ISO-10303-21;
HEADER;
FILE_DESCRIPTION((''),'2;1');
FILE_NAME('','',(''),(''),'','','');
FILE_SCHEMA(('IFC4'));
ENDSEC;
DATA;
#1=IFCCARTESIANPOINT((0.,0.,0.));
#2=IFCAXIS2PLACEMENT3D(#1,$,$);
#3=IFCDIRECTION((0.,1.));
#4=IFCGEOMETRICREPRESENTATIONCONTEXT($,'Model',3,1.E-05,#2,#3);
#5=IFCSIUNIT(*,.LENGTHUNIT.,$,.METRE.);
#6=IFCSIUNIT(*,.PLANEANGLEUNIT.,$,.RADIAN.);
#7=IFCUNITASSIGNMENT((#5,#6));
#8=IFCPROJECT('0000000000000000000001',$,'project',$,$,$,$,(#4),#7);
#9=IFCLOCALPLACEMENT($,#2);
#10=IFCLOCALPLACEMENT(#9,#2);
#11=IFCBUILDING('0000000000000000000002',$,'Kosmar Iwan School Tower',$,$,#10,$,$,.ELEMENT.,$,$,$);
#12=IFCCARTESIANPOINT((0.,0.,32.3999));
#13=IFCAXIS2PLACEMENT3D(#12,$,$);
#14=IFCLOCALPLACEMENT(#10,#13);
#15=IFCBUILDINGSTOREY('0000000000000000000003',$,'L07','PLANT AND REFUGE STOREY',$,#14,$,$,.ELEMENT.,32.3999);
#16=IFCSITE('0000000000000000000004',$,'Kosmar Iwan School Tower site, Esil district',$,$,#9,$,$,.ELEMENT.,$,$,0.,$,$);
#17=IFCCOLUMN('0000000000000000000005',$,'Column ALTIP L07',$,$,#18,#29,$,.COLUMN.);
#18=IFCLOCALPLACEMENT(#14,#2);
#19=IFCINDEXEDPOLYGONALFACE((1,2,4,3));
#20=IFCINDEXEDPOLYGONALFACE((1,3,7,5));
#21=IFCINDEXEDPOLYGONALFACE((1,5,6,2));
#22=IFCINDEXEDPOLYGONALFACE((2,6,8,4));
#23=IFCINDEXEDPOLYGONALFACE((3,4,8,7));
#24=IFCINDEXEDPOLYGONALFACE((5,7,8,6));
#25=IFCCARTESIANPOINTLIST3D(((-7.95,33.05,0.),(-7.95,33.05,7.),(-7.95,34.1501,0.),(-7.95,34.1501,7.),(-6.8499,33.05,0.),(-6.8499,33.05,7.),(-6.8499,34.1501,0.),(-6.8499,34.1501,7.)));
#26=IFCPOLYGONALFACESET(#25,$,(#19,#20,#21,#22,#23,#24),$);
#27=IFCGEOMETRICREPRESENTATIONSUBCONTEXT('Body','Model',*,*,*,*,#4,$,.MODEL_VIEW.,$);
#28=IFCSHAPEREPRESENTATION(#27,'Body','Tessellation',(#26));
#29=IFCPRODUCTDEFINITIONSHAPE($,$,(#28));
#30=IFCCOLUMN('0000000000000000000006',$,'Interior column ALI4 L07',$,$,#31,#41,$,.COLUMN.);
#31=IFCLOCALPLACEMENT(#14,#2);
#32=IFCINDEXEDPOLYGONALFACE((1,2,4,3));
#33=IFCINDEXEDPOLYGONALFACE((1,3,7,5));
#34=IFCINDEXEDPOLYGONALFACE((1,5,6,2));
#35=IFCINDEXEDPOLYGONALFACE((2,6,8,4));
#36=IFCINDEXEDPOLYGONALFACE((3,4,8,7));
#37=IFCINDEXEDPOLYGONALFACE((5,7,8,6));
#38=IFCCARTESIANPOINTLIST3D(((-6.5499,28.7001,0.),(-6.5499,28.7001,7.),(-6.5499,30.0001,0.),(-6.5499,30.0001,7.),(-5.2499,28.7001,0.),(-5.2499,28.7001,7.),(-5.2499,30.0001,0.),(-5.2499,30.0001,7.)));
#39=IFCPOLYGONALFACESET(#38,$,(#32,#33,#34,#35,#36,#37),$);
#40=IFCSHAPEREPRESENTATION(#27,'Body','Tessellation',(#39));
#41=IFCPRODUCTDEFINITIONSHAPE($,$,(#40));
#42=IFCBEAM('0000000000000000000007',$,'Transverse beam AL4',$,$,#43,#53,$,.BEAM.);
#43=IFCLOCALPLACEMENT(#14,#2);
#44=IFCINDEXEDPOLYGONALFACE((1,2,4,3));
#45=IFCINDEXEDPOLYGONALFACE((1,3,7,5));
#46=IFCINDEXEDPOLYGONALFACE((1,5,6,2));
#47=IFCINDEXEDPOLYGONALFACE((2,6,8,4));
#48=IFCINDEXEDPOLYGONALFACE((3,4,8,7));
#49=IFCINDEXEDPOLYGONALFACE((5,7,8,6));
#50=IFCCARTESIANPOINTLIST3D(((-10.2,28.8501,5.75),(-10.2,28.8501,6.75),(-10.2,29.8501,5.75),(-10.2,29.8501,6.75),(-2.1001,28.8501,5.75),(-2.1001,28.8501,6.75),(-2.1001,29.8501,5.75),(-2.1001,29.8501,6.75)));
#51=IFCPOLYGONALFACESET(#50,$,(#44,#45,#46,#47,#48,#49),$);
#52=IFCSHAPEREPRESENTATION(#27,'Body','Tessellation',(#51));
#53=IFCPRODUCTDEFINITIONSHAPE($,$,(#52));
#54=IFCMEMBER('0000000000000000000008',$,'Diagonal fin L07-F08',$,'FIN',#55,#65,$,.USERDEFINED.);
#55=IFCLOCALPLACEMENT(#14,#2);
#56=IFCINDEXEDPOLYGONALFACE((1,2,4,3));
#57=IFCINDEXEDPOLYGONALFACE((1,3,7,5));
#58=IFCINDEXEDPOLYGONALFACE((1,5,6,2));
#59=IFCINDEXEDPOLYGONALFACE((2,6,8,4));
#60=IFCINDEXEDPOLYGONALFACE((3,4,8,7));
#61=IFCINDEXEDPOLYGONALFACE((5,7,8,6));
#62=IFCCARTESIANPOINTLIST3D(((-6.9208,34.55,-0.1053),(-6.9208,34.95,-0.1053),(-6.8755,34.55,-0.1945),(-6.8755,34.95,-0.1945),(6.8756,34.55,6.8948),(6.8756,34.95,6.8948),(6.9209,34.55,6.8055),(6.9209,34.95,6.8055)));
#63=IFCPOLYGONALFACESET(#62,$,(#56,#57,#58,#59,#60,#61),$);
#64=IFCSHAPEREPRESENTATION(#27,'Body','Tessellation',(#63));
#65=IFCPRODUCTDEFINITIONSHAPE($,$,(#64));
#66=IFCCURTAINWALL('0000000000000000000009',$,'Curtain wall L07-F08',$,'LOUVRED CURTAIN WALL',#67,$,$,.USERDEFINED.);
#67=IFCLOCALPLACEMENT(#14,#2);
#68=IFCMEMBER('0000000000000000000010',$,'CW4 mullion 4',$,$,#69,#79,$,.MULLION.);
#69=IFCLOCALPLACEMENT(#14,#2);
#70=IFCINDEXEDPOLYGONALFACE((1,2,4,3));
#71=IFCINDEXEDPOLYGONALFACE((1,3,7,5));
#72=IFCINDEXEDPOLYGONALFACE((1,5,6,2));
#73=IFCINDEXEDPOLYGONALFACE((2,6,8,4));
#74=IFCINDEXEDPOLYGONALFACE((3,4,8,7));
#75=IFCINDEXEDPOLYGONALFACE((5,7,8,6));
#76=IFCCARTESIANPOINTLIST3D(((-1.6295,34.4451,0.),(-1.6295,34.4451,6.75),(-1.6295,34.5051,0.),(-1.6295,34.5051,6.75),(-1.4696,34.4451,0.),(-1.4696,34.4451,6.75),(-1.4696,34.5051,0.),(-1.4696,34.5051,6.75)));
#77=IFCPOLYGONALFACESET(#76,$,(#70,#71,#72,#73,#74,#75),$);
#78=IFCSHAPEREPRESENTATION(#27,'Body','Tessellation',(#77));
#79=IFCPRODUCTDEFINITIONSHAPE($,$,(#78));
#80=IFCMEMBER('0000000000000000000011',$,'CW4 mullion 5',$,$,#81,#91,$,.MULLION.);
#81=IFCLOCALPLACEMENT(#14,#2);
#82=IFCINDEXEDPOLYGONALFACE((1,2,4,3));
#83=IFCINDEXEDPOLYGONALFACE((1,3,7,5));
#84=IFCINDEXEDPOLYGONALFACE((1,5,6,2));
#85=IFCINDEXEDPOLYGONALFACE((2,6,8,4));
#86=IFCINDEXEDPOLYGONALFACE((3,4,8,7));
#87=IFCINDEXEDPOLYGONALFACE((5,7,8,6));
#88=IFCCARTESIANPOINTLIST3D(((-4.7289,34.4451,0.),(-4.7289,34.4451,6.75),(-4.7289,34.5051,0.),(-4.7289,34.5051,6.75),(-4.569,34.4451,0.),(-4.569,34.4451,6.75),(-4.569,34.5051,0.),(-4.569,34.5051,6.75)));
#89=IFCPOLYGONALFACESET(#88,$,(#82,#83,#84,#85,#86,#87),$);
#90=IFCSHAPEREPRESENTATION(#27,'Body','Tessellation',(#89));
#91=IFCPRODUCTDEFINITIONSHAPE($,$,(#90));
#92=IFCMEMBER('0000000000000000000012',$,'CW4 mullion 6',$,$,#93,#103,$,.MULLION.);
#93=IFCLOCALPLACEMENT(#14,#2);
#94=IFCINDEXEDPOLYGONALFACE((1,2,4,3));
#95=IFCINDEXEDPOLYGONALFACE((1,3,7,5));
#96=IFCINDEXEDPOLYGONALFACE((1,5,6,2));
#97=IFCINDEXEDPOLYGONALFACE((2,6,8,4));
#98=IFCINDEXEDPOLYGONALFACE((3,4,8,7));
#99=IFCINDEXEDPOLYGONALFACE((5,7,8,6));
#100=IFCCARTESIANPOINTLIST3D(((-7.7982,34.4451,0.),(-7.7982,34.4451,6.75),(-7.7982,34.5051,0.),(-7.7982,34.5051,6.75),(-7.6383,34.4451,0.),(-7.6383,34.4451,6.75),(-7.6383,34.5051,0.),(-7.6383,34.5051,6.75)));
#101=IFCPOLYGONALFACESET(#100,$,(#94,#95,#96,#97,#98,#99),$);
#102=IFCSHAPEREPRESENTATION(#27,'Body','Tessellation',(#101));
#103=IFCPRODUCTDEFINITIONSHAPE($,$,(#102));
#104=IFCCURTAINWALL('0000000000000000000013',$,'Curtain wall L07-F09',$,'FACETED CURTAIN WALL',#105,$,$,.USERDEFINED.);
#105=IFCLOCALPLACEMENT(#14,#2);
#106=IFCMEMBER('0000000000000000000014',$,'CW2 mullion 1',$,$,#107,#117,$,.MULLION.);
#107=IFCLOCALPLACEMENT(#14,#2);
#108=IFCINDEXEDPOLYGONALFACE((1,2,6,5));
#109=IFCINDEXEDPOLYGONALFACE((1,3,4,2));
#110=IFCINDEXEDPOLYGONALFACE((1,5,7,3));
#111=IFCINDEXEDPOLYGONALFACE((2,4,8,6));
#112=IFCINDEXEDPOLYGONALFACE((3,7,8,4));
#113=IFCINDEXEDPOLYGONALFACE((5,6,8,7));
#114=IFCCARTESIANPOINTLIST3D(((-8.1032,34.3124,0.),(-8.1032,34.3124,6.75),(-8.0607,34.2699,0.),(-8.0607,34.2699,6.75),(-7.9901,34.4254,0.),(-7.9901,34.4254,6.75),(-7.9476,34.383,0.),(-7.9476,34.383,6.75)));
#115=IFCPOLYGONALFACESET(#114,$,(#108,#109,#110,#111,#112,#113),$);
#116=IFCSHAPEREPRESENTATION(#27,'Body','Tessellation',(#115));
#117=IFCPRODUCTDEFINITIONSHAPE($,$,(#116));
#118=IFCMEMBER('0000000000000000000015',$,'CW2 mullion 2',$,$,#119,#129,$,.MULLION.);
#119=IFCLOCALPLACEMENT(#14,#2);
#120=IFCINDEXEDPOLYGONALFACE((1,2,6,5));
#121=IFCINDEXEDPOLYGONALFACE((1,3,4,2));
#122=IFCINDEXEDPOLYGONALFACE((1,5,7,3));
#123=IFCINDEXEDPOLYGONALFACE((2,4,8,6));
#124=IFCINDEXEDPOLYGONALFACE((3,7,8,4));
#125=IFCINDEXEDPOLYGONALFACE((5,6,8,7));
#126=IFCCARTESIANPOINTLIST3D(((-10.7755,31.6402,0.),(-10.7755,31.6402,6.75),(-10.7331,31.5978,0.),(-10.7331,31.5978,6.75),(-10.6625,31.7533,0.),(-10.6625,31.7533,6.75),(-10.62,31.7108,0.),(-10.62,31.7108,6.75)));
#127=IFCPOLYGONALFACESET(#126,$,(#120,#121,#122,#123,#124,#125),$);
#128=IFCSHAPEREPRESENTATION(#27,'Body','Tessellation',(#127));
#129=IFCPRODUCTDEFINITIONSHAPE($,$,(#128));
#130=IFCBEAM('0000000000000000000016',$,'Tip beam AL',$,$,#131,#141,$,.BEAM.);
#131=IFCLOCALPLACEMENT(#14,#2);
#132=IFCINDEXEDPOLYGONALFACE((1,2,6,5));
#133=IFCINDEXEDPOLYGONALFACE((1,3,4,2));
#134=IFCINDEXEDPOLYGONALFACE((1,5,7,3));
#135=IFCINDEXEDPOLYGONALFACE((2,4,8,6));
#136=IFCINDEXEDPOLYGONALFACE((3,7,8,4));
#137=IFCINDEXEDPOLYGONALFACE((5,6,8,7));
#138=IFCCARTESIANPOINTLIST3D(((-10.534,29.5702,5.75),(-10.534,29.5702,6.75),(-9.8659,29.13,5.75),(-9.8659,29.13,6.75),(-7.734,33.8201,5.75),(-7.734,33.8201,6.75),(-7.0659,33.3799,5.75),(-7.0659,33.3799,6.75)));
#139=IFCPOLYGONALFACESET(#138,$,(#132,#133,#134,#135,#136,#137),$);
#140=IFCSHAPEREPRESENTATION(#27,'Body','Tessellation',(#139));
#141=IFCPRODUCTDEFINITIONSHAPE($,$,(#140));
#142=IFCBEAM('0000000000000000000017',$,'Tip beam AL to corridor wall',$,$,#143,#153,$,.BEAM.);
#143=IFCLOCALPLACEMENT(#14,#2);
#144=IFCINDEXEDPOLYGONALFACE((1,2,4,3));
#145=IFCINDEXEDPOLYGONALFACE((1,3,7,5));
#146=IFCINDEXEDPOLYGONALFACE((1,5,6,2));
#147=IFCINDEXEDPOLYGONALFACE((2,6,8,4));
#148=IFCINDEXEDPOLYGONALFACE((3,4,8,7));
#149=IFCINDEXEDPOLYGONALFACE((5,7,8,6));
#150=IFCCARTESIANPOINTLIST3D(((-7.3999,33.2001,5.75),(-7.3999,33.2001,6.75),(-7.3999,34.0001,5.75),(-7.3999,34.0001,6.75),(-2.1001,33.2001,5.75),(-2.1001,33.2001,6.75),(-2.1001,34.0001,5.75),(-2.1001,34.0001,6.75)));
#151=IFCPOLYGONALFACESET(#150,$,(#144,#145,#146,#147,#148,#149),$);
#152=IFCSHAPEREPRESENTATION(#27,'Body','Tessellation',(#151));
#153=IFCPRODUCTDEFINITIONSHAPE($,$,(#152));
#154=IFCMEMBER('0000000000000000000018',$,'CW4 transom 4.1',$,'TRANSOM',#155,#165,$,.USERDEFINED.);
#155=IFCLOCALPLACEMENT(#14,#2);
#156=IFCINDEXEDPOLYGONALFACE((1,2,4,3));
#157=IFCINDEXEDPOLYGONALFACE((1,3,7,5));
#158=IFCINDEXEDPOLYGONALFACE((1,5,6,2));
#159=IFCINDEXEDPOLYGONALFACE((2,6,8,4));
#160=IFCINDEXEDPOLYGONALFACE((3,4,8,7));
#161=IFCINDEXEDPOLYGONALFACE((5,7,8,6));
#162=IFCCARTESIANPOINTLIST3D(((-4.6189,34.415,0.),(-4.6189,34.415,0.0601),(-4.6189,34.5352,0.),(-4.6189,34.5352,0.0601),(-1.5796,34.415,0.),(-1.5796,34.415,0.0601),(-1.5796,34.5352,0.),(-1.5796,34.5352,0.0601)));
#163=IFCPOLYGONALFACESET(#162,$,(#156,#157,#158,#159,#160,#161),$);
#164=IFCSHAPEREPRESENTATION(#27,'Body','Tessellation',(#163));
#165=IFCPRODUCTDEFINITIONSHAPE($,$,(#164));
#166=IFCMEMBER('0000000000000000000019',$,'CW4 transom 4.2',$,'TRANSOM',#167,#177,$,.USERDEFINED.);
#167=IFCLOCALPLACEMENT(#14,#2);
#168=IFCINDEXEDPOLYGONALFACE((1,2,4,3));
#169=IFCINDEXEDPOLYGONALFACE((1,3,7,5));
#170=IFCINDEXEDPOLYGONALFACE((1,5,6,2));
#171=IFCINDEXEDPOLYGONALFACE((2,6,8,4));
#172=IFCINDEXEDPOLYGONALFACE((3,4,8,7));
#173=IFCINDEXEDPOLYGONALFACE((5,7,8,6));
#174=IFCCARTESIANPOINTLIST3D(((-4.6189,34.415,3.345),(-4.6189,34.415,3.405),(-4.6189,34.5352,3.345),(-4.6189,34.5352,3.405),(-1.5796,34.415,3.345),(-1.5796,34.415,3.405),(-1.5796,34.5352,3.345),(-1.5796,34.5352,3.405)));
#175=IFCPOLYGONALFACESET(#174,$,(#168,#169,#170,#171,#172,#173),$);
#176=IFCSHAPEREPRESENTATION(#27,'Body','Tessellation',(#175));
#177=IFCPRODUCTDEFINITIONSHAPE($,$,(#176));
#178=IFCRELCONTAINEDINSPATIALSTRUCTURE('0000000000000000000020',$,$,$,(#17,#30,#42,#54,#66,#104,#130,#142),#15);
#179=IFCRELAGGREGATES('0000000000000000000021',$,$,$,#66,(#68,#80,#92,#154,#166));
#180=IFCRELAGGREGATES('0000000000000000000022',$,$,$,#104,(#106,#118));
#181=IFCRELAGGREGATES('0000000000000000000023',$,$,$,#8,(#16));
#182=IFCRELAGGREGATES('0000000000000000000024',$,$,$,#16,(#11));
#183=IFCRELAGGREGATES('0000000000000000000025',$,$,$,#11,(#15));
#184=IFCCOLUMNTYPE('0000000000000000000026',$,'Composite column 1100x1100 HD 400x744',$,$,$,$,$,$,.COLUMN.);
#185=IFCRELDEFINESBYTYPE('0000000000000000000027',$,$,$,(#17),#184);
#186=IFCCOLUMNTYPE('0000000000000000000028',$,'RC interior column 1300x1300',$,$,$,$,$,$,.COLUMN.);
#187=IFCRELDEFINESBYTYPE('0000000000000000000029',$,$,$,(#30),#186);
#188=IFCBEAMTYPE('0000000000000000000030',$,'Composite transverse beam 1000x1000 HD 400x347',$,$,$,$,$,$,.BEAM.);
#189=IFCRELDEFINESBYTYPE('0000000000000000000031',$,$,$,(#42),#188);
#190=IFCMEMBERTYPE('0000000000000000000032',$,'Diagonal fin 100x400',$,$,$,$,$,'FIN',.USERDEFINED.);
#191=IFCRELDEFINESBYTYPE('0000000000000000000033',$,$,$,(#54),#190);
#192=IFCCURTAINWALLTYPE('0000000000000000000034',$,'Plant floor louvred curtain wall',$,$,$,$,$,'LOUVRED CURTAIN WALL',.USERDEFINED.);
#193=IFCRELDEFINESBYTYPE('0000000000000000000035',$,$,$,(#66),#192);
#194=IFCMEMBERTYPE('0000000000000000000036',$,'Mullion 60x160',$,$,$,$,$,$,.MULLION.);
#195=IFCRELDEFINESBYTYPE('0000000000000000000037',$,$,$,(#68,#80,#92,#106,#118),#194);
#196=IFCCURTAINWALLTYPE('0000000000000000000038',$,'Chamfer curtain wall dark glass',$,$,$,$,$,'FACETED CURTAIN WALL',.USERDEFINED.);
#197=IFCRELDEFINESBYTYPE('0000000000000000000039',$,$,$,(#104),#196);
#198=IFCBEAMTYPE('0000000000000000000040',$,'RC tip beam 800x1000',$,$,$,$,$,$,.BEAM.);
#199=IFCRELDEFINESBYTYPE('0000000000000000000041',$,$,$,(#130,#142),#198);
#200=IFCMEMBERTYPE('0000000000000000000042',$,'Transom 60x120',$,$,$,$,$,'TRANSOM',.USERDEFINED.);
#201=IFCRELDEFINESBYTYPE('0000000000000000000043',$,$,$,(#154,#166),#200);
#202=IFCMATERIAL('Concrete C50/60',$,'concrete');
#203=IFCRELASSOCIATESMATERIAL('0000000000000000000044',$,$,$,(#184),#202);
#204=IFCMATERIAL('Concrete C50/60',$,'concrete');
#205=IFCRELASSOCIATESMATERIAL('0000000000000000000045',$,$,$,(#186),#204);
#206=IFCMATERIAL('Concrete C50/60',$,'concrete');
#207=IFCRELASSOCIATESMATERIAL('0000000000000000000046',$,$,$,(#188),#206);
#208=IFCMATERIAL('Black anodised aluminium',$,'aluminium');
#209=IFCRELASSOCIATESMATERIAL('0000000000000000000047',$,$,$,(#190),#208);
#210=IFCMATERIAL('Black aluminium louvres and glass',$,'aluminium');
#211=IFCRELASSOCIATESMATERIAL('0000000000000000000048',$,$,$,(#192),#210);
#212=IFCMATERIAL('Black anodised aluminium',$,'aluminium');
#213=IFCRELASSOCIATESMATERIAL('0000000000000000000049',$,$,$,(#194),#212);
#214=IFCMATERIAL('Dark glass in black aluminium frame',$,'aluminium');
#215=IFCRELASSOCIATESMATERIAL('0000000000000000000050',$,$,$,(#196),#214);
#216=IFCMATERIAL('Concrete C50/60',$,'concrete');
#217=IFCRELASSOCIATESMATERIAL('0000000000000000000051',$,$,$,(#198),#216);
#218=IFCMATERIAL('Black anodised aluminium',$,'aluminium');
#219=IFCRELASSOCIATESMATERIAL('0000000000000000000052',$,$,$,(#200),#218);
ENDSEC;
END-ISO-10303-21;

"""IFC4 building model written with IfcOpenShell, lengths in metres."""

from ifc_helpers import new_model, si_unit, direction, frame, origin, origin_2d, place, context, subcontext, project, spatial, rectangle, extrude, material, material_profile, profile_set, type_object, element, aggregate, save


model = new_model("IFC4")

# Units and contexts
model_context = context("Model", 3, precision=1e-05, world=origin(), true_north=direction((0.0, 1.0)))
body_context = subcontext(model_context, "Body", "Model", "MODEL_VIEW")
ifc_project = project(units=[si_unit("LENGTHUNIT", "METRE"), si_unit("PLANEANGLEUNIT", "RADIAN")], contexts=[model_context])

# Site, building, storey
site_placement = place(None, origin())
site = spatial("IfcSite", under=ifc_project, at=site_placement, Name="Kosmar Iwan School Tower site, Esil district", CompositionType="ELEMENT", RefElevation=0.0)
building_placement = place(site_placement, origin())
building = spatial("IfcBuilding", under=site, at=building_placement, Name="Kosmar Iwan School Tower", CompositionType="ELEMENT")
storey_placement = place(building_placement, frame((0.0, 0.0, 32.3999)))
storey = spatial("IfcBuildingStorey", under=building, at=storey_placement, Name="L07", Description="PLANT AND REFUGE STOREY", CompositionType="ELEMENT", Elevation=32.3999)

# Columns
ifc_material_1 = material(Name="Concrete C50/60", Category="concrete")
ifc_material_profile_1 = material_profile(ifc_material_1, rectangle(XDim=1.1001, YDim=1.1001, at=origin_2d()), Name="RC 1100x1100 + HD 400x744")
ifc_profile_set_1 = profile_set([ifc_material_profile_1], Name="Concrete C50/60")
column_type_1 = type_object("IfcColumnType", Name="Composite column 1100x1100 HD 400x744", PredefinedType="COLUMN", material=ifc_profile_set_1)
column_1_placement = place(storey_placement, frame((-7.3999, 33.6001, 0.0), z_axis=(0.0, 0.0, 1.0), x_axis=(0.0, 1.0, 0.0)))
element("IfcColumn", 1, at=column_1_placement, inside=storey, type_object=column_type_1, Name="Column ALTIP L07", PredefinedType="COLUMN", context=body_context, shape_type="SweptSolid", body=[
    extrude(rectangle(XDim=1.1001, YDim=1.1001, at=origin_2d()), origin(), (0.0, 0.0, 1.0), 7.0),
])
ifc_material_2 = material(Name="Concrete C50/60", Category="concrete")
ifc_material_profile_2 = material_profile(ifc_material_2, rectangle(XDim=1.3, YDim=1.3, at=origin_2d()), Name="RC 1300x1300")
ifc_profile_set_2 = profile_set([ifc_material_profile_2], Name="Concrete C50/60")
column_type_2 = type_object("IfcColumnType", Name="RC interior column 1300x1300", PredefinedType="COLUMN", material=ifc_profile_set_2)
column_2_placement = place(storey_placement, frame((-5.8999, 29.3501, 0.0), z_axis=(0.0, 0.0, 1.0), x_axis=(0.0, 1.0, 0.0)))
element("IfcColumn", 2, at=column_2_placement, inside=storey, type_object=column_type_2, Name="Interior column ALI4 L07", PredefinedType="COLUMN", context=body_context, shape_type="SweptSolid", body=[
    extrude(rectangle(XDim=1.3, YDim=1.3, at=origin_2d()), origin(), (0.0, 0.0, 1.0), 7.0),
])

# Beam
ifc_material_3 = material(Name="Concrete C50/60", Category="concrete")
ifc_material_profile_3 = material_profile(ifc_material_3, rectangle(XDim=1.0, YDim=1.0, at=origin_2d()), Name="RC 1000x1000 + HD 400x347")
ifc_profile_set_3 = profile_set([ifc_material_profile_3], Name="Concrete C50/60")
beam_type_1 = type_object("IfcBeamType", Name="Composite transverse beam 1000x1000 HD 400x347", PredefinedType="BEAM", material=ifc_profile_set_3)
beam_1_placement = place(storey_placement, frame((-10.2, 29.3501, 6.25), z_axis=(1.0, 0.0, 0.0), x_axis=(0.0, 1.0, 0.0)))
element("IfcBeam", 3, at=beam_1_placement, inside=storey, type_object=beam_type_1, Name="Transverse beam AL4", PredefinedType="BEAM", context=body_context, shape_type="SweptSolid", body=[
    extrude(rectangle(XDim=1.0, YDim=1.0, at=origin_2d()), origin(), (0.0, 0.0, 1.0), 8.0999),
])

# Member
ifc_material_4 = material(Name="Black anodised aluminium", Category="aluminium")
ifc_material_profile_4 = material_profile(ifc_material_4, rectangle(XDim=0.1001, YDim=0.3999, at=origin_2d()), Name="FIN 100x400")
ifc_profile_set_4 = profile_set([ifc_material_profile_4], Name="Black anodised aluminium")
member_type_1 = type_object("IfcMemberType", Name="Diagonal fin 100x400", ElementType="FIN", PredefinedType="USERDEFINED", material=ifc_profile_set_4)
member_1_placement = place(storey_placement, frame((-6.8982, 34.75, -0.1499), z_axis=(0.891779, 0.0, 0.45247), x_axis=(-0.45247, 0.0, 0.891779)))
element("IfcMember", 4, at=member_1_placement, inside=storey, type_object=member_type_1, Name="Diagonal fin L07-F08", ObjectType="FIN", PredefinedType="USERDEFINED", context=body_context, shape_type="SweptSolid", body=[
    extrude(rectangle(XDim=0.1001, YDim=0.3999, at=origin_2d()), origin(), (0.0, 0.0, 1.0), 15.4707),
])

# Curtain walls, members
ifc_material_5 = material(Name="Black aluminium louvres and glass", Category="aluminium")
curtain_wall_type_1 = type_object("IfcCurtainWallType", Name="Plant floor louvred curtain wall", ElementType="LOUVRED CURTAIN WALL", PredefinedType="USERDEFINED", material=ifc_material_5)
curtain_wall_1_placement = place(storey_placement, origin())
curtain_wall_1 = element("IfcCurtainWall", 5, at=curtain_wall_1_placement, inside=storey, type_object=curtain_wall_type_1, Name="Curtain wall L07-F08", ObjectType="LOUVRED CURTAIN WALL", PredefinedType="USERDEFINED")
ifc_material_6 = material(Name="Black anodised aluminium", Category="aluminium")
ifc_material_profile_5 = material_profile(ifc_material_6, rectangle(XDim=0.0601, YDim=0.1599, at=origin_2d()), Name="MULLION 60x160")
ifc_profile_set_5 = profile_set([ifc_material_profile_5], Name="Black anodised aluminium")
member_type_2 = type_object("IfcMemberType", Name="Mullion 60x160", PredefinedType="MULLION", material=ifc_profile_set_5)
member_2_placement = place(storey_placement, frame((-1.5496, 34.4751, 0.0), z_axis=(0.0, 0.0, 1.0), x_axis=(0.0, -1.0, 0.0)))
member_2 = element("IfcMember", 6, at=member_2_placement, type_object=member_type_2, Name="CW4 mullion 4", PredefinedType="MULLION", context=body_context, shape_type="SweptSolid", body=[
    extrude(rectangle(XDim=0.0601, YDim=0.1599, at=origin_2d()), origin(), (0.0, 0.0, 1.0), 6.75),
])
member_3_placement = place(storey_placement, frame((-4.6489, 34.4751, 0.0), z_axis=(0.0, 0.0, 1.0), x_axis=(0.0, -1.0, 0.0)))
member_3 = element("IfcMember", 7, at=member_3_placement, type_object=member_type_2, Name="CW4 mullion 5", PredefinedType="MULLION", context=body_context, shape_type="SweptSolid", body=[
    extrude(rectangle(XDim=0.0601, YDim=0.1599, at=origin_2d()), origin(), (0.0, 0.0, 1.0), 6.75),
])
member_4_placement = place(storey_placement, frame((-7.7183, 34.4751, 0.0), z_axis=(0.0, 0.0, 1.0), x_axis=(0.0, -1.0, 0.0)))
member_4 = element("IfcMember", 8, at=member_4_placement, type_object=member_type_2, Name="CW4 mullion 6", PredefinedType="MULLION", context=body_context, shape_type="SweptSolid", body=[
    extrude(rectangle(XDim=0.0601, YDim=0.1599, at=origin_2d()), origin(), (0.0, 0.0, 1.0), 6.75),
])
ifc_material_7 = material(Name="Dark glass in black aluminium frame", Category="aluminium")
curtain_wall_type_2 = type_object("IfcCurtainWallType", Name="Chamfer curtain wall dark glass", ElementType="FACETED CURTAIN WALL", PredefinedType="USERDEFINED", material=ifc_material_7)
curtain_wall_2_placement = place(storey_placement, origin())
curtain_wall_2 = element("IfcCurtainWall", 9, at=curtain_wall_2_placement, inside=storey, type_object=curtain_wall_type_2, Name="Curtain wall L07-F09", ObjectType="FACETED CURTAIN WALL", PredefinedType="USERDEFINED")
member_5_placement = place(storey_placement, frame((-8.0254, 34.3477, 0.0), z_axis=(0.0, 0.0, 1.0), x_axis=(0.707107, -0.707107, 0.0)))
member_5 = element("IfcMember", 10, at=member_5_placement, type_object=member_type_2, Name="CW2 mullion 1", PredefinedType="MULLION", context=body_context, shape_type="SweptSolid", body=[
    extrude(rectangle(XDim=0.0601, YDim=0.1599, at=origin_2d()), origin(), (0.0, 0.0, 1.0), 6.75),
])
member_6_placement = place(storey_placement, frame((-10.6978, 31.6755, 0.0), z_axis=(0.0, 0.0, 1.0), x_axis=(0.707107, -0.707107, 0.0)))
member_6 = element("IfcMember", 11, at=member_6_placement, type_object=member_type_2, Name="CW2 mullion 2", PredefinedType="MULLION", context=body_context, shape_type="SweptSolid", body=[
    extrude(rectangle(XDim=0.0601, YDim=0.1599, at=origin_2d()), origin(), (0.0, 0.0, 1.0), 6.75),
])

# Beams
ifc_material_8 = material(Name="Concrete C50/60", Category="concrete")
ifc_material_profile_6 = material_profile(ifc_material_8, rectangle(XDim=0.8, YDim=1.0, at=origin_2d()), Name="RC 800x1000")
ifc_profile_set_6 = profile_set([ifc_material_profile_6], Name="Concrete C50/60")
beam_type_2 = type_object("IfcBeamType", Name="RC tip beam 800x1000", PredefinedType="BEAM", material=ifc_profile_set_6)
beam_2_placement = place(storey_placement, frame((-10.2, 29.3501, 6.25), z_axis=(0.550164, 0.835056, 0.0), x_axis=(-0.835056, 0.550164, 0.0)))
element("IfcBeam", 12, at=beam_2_placement, inside=storey, type_object=beam_type_2, Name="Tip beam AL", PredefinedType="BEAM", context=body_context, shape_type="SweptSolid", body=[
    extrude(rectangle(XDim=0.8, YDim=1.0, at=origin_2d()), origin(), (0.0, 0.0, 1.0), 5.0894),
])
beam_3_placement = place(storey_placement, frame((-7.3999, 33.6001, 6.25), z_axis=(1.0, 0.0, 0.0), x_axis=(0.0, 1.0, 0.0)))
element("IfcBeam", 13, at=beam_3_placement, inside=storey, type_object=beam_type_2, Name="Tip beam AL to corridor wall", PredefinedType="BEAM", context=body_context, shape_type="SweptSolid", body=[
    extrude(rectangle(XDim=0.8, YDim=1.0, at=origin_2d()), origin(), (0.0, 0.0, 1.0), 5.2998),
])

# Members
ifc_material_9 = material(Name="Black anodised aluminium", Category="aluminium")
ifc_material_profile_7 = material_profile(ifc_material_9, rectangle(XDim=0.1201, YDim=0.0601, at=origin_2d()), Name="TRANSOM 60x120")
ifc_profile_set_7 = profile_set([ifc_material_profile_7], Name="Black anodised aluminium")
member_type_3 = type_object("IfcMemberType", Name="Transom 60x120", ElementType="TRANSOM", PredefinedType="USERDEFINED", material=ifc_profile_set_7)
member_7_placement = place(storey_placement, frame((-1.5796, 34.4751, 0.03), z_axis=(-1.0, 0.0, 0.0), x_axis=(0.0, -1.0, 0.0)))
member_7 = element("IfcMember", 14, at=member_7_placement, type_object=member_type_3, Name="CW4 transom 4.1", ObjectType="TRANSOM", PredefinedType="USERDEFINED", context=body_context, shape_type="SweptSolid", body=[
    extrude(rectangle(XDim=0.1201, YDim=0.0601, at=origin_2d()), origin(), (0.0, 0.0, 1.0), 3.0393),
])
member_8_placement = place(storey_placement, frame((-1.5796, 34.4751, 3.375), z_axis=(-1.0, 0.0, 0.0), x_axis=(0.0, -1.0, 0.0)))
member_8 = element("IfcMember", 15, at=member_8_placement, type_object=member_type_3, Name="CW4 transom 4.2", ObjectType="TRANSOM", PredefinedType="USERDEFINED", context=body_context, shape_type="SweptSolid", body=[
    extrude(rectangle(XDim=0.1201, YDim=0.0601, at=origin_2d()), origin(), (0.0, 0.0, 1.0), 3.0393),
])

aggregate(curtain_wall_1, [member_2, member_3, member_4, member_7, member_8])
aggregate(curtain_wall_2, [member_5, member_6])

save(model, "model.ifc")
